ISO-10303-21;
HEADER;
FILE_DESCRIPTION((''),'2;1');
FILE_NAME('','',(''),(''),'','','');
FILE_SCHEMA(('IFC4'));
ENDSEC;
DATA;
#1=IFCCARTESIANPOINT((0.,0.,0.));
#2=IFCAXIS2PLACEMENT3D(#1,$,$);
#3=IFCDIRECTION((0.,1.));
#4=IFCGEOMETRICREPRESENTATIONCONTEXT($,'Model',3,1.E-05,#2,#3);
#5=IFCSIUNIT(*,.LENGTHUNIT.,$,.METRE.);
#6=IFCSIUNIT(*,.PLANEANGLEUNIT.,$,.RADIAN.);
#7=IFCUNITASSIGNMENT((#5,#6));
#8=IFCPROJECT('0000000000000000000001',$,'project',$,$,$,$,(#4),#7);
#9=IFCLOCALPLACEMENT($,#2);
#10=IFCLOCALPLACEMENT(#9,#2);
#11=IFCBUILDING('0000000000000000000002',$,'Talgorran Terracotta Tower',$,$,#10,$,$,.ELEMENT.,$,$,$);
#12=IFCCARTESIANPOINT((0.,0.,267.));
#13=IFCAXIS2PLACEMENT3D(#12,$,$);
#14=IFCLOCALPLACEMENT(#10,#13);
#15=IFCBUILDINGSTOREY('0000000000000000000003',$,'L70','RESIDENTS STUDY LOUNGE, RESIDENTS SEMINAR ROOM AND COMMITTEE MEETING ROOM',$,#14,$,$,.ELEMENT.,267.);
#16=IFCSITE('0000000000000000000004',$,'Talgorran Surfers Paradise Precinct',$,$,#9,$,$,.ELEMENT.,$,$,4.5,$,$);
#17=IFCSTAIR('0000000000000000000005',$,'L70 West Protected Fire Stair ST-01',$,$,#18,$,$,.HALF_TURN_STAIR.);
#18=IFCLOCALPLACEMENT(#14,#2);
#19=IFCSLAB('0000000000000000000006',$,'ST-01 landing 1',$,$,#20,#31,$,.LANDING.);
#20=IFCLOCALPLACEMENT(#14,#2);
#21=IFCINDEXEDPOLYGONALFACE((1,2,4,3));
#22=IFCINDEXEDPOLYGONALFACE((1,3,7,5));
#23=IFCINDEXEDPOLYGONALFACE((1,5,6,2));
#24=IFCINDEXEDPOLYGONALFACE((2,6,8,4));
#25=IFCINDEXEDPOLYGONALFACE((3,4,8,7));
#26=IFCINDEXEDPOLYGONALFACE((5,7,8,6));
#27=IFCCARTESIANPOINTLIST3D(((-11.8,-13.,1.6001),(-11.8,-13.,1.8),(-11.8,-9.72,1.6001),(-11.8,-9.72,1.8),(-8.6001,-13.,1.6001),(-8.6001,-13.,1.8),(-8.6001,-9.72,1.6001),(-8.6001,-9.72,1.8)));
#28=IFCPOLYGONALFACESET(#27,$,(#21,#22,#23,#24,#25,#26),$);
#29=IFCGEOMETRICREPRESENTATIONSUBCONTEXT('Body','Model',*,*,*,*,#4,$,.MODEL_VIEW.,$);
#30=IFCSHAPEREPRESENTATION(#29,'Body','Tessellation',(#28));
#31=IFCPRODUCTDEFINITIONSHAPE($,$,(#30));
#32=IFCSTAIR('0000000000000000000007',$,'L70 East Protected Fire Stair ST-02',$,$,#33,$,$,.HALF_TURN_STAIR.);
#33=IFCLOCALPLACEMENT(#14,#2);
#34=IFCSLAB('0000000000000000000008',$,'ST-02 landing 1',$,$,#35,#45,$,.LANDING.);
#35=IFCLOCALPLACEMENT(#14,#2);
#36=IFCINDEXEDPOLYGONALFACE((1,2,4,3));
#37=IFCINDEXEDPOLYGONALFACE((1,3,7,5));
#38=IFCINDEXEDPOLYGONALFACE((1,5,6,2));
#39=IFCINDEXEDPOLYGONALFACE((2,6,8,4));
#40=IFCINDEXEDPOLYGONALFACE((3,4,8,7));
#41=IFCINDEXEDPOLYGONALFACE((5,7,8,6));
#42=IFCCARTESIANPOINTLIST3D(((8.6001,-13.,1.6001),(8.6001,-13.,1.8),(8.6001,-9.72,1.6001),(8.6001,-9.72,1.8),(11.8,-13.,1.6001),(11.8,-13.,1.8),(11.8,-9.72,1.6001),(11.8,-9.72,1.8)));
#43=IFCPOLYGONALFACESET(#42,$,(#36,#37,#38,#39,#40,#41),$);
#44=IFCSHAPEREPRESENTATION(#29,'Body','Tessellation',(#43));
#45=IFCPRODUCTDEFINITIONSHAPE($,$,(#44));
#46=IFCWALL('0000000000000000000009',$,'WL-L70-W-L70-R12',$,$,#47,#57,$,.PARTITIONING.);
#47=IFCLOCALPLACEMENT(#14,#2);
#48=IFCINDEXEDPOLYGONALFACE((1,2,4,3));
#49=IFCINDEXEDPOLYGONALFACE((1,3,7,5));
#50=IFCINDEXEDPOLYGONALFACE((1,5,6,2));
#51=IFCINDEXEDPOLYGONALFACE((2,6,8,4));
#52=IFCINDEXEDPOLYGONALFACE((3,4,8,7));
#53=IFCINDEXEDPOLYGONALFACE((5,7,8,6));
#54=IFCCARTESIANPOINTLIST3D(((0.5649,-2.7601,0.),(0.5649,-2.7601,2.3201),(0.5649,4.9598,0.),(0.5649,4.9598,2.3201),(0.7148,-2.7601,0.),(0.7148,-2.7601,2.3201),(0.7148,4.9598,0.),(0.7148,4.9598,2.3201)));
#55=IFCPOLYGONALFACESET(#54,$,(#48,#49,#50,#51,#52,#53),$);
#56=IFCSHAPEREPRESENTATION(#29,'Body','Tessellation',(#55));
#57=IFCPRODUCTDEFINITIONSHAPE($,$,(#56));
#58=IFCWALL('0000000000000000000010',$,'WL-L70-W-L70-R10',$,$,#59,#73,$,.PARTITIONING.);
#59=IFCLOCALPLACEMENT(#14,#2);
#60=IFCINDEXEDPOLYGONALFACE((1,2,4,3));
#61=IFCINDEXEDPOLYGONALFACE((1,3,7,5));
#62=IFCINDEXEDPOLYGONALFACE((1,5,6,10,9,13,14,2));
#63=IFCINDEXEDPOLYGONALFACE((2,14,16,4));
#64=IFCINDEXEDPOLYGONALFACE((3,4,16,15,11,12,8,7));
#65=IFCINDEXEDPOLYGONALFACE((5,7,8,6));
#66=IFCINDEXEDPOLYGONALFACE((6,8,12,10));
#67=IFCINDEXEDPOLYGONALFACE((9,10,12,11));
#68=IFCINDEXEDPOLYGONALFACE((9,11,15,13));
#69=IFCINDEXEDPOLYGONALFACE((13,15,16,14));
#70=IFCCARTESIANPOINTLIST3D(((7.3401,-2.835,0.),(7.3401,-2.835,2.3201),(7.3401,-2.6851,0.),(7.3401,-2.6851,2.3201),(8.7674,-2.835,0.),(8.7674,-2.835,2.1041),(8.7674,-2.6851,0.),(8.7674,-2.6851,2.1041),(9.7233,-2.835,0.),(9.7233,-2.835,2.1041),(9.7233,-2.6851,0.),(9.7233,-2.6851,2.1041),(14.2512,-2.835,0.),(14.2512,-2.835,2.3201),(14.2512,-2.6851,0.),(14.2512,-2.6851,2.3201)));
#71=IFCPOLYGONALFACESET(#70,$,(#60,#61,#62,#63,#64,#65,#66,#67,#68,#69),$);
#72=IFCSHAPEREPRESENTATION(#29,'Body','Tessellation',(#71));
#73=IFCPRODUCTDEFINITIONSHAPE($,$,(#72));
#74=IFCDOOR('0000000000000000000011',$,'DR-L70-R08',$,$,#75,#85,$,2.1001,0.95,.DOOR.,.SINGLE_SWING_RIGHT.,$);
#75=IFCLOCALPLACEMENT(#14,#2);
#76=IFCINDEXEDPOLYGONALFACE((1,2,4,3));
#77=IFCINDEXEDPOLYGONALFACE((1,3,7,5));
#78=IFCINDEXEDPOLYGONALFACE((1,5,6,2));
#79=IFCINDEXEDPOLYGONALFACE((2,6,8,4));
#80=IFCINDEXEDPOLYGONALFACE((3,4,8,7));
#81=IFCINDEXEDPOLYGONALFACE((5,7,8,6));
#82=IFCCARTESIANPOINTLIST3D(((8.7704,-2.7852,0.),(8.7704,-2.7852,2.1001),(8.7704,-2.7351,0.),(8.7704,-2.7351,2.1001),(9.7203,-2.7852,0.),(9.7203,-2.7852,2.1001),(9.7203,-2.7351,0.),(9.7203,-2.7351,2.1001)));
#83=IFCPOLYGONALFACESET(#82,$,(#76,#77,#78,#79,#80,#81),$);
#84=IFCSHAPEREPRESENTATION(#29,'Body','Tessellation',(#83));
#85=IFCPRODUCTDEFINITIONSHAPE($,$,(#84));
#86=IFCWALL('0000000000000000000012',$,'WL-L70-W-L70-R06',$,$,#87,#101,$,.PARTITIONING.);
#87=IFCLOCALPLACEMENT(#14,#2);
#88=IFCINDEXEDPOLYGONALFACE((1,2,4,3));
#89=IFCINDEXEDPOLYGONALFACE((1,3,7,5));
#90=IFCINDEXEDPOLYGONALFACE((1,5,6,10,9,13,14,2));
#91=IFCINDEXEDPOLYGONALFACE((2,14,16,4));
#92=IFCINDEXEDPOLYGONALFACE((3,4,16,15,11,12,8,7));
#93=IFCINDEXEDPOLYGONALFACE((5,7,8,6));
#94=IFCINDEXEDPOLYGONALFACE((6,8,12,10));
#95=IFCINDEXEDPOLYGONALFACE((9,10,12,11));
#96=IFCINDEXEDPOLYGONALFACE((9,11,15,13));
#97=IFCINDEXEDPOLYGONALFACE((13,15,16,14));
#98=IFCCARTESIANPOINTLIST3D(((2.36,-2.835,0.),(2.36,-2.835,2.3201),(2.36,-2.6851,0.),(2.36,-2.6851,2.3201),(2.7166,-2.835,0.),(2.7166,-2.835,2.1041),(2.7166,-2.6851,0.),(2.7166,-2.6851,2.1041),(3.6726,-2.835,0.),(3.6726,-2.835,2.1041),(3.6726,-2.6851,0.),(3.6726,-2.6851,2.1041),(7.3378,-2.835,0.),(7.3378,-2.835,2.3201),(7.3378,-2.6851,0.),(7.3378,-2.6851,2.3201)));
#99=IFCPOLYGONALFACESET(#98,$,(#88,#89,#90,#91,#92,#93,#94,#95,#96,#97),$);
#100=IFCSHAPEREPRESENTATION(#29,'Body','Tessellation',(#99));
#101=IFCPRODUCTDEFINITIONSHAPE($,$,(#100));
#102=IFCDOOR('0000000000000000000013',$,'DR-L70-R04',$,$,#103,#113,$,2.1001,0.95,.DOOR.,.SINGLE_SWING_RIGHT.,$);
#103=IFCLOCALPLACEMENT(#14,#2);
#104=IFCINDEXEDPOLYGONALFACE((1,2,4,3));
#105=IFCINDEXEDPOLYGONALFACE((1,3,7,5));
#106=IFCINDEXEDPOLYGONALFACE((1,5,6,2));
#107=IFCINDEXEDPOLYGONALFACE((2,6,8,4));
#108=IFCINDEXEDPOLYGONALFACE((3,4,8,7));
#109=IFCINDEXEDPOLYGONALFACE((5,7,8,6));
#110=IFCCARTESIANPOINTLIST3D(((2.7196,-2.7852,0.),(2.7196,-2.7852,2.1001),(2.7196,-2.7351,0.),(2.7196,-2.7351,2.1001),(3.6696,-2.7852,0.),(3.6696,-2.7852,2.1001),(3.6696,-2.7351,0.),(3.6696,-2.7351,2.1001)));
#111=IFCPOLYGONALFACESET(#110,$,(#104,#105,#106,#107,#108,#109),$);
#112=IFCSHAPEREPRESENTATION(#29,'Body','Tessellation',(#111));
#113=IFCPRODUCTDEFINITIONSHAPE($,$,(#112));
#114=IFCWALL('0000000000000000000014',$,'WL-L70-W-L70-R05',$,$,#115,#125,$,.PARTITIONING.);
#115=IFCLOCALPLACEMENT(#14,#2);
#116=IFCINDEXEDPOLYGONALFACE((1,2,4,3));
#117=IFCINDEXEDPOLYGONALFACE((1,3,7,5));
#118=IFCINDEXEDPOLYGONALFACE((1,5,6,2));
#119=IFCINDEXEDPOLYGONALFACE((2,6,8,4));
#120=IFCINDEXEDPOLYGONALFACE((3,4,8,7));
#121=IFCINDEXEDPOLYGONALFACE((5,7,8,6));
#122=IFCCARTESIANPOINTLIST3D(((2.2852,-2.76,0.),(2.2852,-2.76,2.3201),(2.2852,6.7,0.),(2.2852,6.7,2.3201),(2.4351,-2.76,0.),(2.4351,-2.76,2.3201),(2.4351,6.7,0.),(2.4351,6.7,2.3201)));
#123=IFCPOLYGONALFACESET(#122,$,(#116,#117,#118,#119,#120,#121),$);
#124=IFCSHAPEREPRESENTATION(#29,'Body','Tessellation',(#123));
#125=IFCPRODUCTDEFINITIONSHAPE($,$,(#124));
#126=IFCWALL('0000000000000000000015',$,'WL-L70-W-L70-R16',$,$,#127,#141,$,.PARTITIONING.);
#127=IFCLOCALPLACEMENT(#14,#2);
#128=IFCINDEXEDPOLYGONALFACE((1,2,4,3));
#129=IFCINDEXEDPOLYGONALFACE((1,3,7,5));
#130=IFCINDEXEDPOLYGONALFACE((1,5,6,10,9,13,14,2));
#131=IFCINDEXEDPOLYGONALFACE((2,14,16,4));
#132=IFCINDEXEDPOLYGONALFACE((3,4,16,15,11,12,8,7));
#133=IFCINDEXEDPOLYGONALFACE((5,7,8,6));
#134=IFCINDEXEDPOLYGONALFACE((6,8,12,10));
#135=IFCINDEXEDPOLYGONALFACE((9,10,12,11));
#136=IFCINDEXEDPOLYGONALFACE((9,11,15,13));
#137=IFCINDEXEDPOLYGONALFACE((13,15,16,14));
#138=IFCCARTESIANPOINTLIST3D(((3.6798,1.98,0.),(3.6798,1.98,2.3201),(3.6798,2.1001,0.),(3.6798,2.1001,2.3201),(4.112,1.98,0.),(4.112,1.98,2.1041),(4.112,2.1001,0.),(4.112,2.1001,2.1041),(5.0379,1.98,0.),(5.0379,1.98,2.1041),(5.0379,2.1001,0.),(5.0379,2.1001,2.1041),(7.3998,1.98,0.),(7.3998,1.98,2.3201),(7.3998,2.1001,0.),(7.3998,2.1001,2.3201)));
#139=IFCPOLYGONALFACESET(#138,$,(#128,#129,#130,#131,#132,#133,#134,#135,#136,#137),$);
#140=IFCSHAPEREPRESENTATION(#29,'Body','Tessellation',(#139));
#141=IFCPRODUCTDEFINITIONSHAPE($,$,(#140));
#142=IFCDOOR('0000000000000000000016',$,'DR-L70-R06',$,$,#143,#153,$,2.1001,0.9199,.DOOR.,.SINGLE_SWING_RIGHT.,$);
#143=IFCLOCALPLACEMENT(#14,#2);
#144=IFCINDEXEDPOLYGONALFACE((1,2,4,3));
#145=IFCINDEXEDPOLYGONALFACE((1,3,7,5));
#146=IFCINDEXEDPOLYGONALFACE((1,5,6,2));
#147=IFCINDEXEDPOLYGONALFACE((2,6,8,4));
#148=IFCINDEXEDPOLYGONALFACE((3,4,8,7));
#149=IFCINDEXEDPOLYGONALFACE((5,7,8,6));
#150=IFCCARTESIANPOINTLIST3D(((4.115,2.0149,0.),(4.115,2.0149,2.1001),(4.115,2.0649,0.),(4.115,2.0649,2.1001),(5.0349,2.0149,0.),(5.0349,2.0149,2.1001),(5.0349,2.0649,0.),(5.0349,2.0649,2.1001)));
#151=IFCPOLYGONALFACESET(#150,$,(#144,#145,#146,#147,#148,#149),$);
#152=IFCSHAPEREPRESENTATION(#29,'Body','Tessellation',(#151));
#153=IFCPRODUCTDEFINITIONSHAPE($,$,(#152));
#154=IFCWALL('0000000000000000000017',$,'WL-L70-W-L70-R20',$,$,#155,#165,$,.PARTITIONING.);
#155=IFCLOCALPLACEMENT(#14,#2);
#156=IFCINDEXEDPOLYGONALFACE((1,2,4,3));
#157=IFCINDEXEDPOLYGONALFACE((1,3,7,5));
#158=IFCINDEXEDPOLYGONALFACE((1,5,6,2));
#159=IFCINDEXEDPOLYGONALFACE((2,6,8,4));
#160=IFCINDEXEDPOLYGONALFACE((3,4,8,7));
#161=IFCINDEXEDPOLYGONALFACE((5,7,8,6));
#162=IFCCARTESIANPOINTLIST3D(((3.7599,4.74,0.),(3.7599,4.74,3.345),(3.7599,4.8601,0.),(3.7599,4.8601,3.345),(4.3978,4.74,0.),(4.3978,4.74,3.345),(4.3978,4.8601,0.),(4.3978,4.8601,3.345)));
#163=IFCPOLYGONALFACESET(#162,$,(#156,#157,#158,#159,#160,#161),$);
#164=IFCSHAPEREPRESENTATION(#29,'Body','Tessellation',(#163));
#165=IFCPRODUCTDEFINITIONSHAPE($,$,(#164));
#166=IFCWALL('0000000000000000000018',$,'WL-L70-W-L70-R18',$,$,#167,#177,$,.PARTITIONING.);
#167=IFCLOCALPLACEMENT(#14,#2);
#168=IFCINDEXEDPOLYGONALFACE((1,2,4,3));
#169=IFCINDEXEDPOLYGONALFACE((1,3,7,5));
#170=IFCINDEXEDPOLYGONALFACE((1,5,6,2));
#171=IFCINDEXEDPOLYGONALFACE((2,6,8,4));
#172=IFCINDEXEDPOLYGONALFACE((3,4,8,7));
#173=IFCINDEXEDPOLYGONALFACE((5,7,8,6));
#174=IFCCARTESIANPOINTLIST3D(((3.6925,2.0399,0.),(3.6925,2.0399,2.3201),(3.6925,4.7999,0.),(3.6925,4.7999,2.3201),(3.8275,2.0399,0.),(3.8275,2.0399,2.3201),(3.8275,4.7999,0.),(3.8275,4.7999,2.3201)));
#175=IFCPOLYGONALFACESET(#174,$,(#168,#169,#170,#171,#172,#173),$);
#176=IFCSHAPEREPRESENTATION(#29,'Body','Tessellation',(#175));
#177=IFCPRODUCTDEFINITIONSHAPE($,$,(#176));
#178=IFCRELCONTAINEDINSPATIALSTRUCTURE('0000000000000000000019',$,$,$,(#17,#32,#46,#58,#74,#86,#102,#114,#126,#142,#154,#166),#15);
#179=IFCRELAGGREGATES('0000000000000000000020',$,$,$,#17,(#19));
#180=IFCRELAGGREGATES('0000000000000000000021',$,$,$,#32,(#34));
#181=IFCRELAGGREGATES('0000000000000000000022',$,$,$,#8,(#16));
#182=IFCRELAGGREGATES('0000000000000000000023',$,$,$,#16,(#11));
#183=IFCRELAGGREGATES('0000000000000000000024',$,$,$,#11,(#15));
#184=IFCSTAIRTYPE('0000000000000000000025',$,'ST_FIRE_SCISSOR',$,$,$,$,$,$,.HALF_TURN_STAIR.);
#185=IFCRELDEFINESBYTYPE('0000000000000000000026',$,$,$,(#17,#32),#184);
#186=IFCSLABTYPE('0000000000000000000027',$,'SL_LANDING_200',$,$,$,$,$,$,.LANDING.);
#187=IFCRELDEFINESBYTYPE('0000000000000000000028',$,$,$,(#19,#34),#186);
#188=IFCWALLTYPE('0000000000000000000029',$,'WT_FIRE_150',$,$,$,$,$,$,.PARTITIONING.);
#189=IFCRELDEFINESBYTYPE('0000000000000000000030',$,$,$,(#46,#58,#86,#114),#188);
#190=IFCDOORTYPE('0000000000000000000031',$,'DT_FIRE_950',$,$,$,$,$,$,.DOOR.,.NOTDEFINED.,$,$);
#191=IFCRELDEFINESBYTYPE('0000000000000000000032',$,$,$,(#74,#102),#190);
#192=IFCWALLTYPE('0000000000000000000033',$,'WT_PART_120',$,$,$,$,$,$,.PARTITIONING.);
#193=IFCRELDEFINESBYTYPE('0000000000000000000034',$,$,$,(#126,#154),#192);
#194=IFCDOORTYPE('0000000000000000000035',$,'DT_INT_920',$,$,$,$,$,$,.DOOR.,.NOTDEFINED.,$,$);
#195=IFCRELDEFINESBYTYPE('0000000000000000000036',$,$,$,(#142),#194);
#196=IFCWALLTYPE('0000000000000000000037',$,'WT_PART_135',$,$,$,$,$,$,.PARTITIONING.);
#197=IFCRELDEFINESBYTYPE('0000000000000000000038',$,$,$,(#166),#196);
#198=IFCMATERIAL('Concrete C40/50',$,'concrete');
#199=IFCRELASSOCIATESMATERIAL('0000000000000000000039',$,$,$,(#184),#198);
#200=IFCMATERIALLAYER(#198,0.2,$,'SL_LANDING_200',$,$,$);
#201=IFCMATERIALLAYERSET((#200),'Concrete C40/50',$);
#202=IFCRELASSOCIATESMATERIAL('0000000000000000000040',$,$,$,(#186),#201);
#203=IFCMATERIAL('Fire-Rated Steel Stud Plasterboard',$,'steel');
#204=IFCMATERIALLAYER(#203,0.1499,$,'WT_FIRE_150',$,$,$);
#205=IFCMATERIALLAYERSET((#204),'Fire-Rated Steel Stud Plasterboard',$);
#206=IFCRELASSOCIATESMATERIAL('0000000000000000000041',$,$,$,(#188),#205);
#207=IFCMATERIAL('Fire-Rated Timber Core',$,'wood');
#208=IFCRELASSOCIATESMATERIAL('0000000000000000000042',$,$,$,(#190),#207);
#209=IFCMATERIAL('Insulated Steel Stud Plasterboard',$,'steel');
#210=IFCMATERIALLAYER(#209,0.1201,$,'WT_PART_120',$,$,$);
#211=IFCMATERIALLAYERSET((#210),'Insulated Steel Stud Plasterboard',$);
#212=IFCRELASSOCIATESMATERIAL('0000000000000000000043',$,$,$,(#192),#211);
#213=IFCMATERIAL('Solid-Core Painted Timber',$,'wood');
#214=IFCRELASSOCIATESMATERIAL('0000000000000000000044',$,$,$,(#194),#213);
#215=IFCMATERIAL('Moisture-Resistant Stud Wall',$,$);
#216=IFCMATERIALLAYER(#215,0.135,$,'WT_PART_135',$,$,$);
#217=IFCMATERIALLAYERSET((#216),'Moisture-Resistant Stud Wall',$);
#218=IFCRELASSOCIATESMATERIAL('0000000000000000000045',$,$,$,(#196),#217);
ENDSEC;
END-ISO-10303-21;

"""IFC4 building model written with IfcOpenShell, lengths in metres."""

from ifc_helpers import new_model, si_unit, direction, frame, frame_2d, origin, place, context, subcontext, project, spatial, polyline, rectangle, outline, extrude, material, layer, layer_set, type_object, element, fill, aggregate, save


model = new_model("IFC4")

# Units and contexts
model_context = context("Model", 3, precision=1e-05, world=origin(), true_north=direction((0.0, 1.0)))
body_context = subcontext(model_context, "Body", "Model", "MODEL_VIEW")
ifc_project = project(units=[si_unit("LENGTHUNIT", "METRE"), si_unit("PLANEANGLEUNIT", "RADIAN")], contexts=[model_context])

# Site, building, storey
site_placement = place(None, origin())
site = spatial("IfcSite", under=ifc_project, at=site_placement, Name="Talgorran Surfers Paradise Precinct", CompositionType="ELEMENT", RefElevation=4.5)
building_placement = place(site_placement, origin())
building = spatial("IfcBuilding", under=site, at=building_placement, Name="Talgorran Terracotta Tower", CompositionType="ELEMENT")
storey_placement = place(building_placement, frame((0.0, 0.0, 267.0)))
storey = spatial("IfcBuildingStorey", under=building, at=storey_placement, Name="L70", Description="RESIDENTS STUDY LOUNGE, RESIDENTS SEMINAR ROOM AND COMMITTEE MEETING ROOM", CompositionType="ELEMENT", Elevation=267.0)

# Stairs, slabs
ifc_material_1 = material(Name="Concrete C40/50", Category="concrete")
stair_type = type_object("IfcStairType", Name="ST_FIRE_SCISSOR", PredefinedType="HALF_TURN_STAIR", material=ifc_material_1)
stair_1_placement = place(storey_placement, origin())
stair_1 = element("IfcStair", 1, at=stair_1_placement, inside=storey, type_object=stair_type, Name="L70 West Protected Fire Stair ST-01", PredefinedType="HALF_TURN_STAIR")
ifc_layer_1 = layer(ifc_material_1, 0.2, Name="SL_LANDING_200")
ifc_layer_set_1 = layer_set([ifc_layer_1], Name="Concrete C40/50")
slab_type = type_object("IfcSlabType", Name="SL_LANDING_200", PredefinedType="LANDING", material=ifc_layer_set_1)
slab_1_placement = place(storey_placement, frame((0.0, 0.0, 1.6001)))
slab_1 = element("IfcSlab", 2, at=slab_1_placement, type_object=slab_type, Name="ST-01 landing 1", PredefinedType="LANDING", context=body_context, shape_type="SweptSolid", body=[
    extrude(outline(polyline([(-11.8, -9.72), (-11.8, -13.0), (-8.6001, -13.0), (-8.6001, -9.72), (-11.8, -9.72)])), origin(), (0.0, 0.0, 1.0), 0.2),
])
aggregate(stair_1, [slab_1])
stair_2_placement = place(storey_placement, origin())
stair_2 = element("IfcStair", 3, at=stair_2_placement, inside=storey, type_object=stair_type, Name="L70 East Protected Fire Stair ST-02", PredefinedType="HALF_TURN_STAIR")
slab_2_placement = place(storey_placement, frame((0.0, 0.0, 1.6001)))
slab_2 = element("IfcSlab", 4, at=slab_2_placement, type_object=slab_type, Name="ST-02 landing 1", PredefinedType="LANDING", context=body_context, shape_type="SweptSolid", body=[
    extrude(outline(polyline([(8.6001, -9.72), (8.6001, -13.0), (11.8, -13.0), (11.8, -9.72), (8.6001, -9.72)])), origin(), (0.0, 0.0, 1.0), 0.2),
])
aggregate(stair_2, [slab_2])

# Wall
ifc_material_2 = material(Name="Fire-Rated Steel Stud Plasterboard", Category="steel")
ifc_layer_2 = layer(ifc_material_2, 0.1499, Name="WT_FIRE_150")
ifc_layer_set_2 = layer_set([ifc_layer_2], Name="Fire-Rated Steel Stud Plasterboard")
wall_type_1 = type_object("IfcWallType", Name="WT_FIRE_150", PredefinedType="PARTITIONING", material=ifc_layer_set_2)
wall_1_placement = place(storey_placement, frame((0.6399, -2.76, 0.0), z_axis=(0.0, 0.0, 1.0), x_axis=(0.0, 1.0, 0.0)))
element("IfcWall", 5, at=wall_1_placement, inside=storey, type_object=wall_type_1, Name="WL-L70-W-L70-R12", PredefinedType="PARTITIONING", context=body_context, shape_type="SweptSolid", body=[
    extrude(rectangle(XDim=7.72, YDim=0.1499, at=frame_2d((3.8599, 0.0))), origin(), (0.0, 0.0, 1.0), 2.3201),
])

# Walls, openings, doors
wall_2_placement = place(storey_placement, frame((7.3401, -2.76, 0.0), z_axis=(0.0, 0.0, 1.0), x_axis=(1.0, 0.0, 0.0)))
wall_2 = element("IfcWall", 6, at=wall_2_placement, inside=storey, type_object=wall_type_1, Name="WL-L70-W-L70-R10", PredefinedType="PARTITIONING", context=body_context, shape_type="SweptSolid", body=[
    extrude(rectangle(XDim=6.9111, YDim=0.1499, at=frame_2d((3.4556, 0.0))), origin(), (0.0, 0.0, 1.0), 2.3201),
])
opening_1_placement = place(wall_2_placement, frame((1.4302, 0.0, 0.0)))
opening_1 = element("IfcOpeningElement", 7, at=opening_1_placement, cuts=wall_2, PredefinedType="OPENING", context=body_context, shape_type="SweptSolid", body=[
    extrude(rectangle(XDim=0.956, YDim=2.1041, at=frame_2d((0.4751, 1.052))), frame((0.0, 0.085, 0.0), z_axis=(0.0, -1.0, 0.0), x_axis=(1.0, 0.0, 0.0)), (0.0, 0.0, 1.0), 0.1699),
])
ifc_material_3 = material(Name="Fire-Rated Timber Core", Category="wood")
door_type_1 = type_object("IfcDoorType", Name="DT_FIRE_950", OperationType="NOTDEFINED", PredefinedType="DOOR", material=ifc_material_3)
door_1_placement = place(opening_1_placement, origin())
door_1 = element("IfcDoor", 8, at=door_1_placement, inside=storey, type_object=door_type_1, Name="DR-L70-R08", OperationType="SINGLE_SWING_RIGHT", OverallHeight=2.1001, OverallWidth=0.95, PredefinedType="DOOR", context=body_context, shape_type="SweptSolid", body=[
    extrude(rectangle(XDim=0.95, YDim=2.1001, at=frame_2d((0.4751, 1.05))), frame((0.0, 0.0249, 0.0), z_axis=(0.0, -1.0, 0.0), x_axis=(1.0, 0.0, 0.0)), (0.0, 0.0, 1.0), 0.05),
])
fill(opening_1, door_1)
wall_3_placement = place(storey_placement, frame((2.3601, -2.76, 0.0), z_axis=(0.0, 0.0, 1.0), x_axis=(1.0, 0.0, 0.0)))
wall_3 = element("IfcWall", 9, at=wall_3_placement, inside=storey, type_object=wall_type_1, Name="WL-L70-W-L70-R06", PredefinedType="PARTITIONING", context=body_context, shape_type="SweptSolid", body=[
    extrude(rectangle(XDim=4.9778, YDim=0.1499, at=frame_2d((2.4888, 0.0))), origin(), (0.0, 0.0, 1.0), 2.3201),
])
opening_2_placement = place(wall_3_placement, frame((0.3594, 0.0, 0.0)))
opening_2 = element("IfcOpeningElement", 10, at=opening_2_placement, cuts=wall_3, PredefinedType="OPENING", context=body_context, shape_type="SweptSolid", body=[
    extrude(rectangle(XDim=0.956, YDim=2.1041, at=frame_2d((0.4751, 1.052))), frame((0.0, 0.085, 0.0), z_axis=(0.0, -1.0, 0.0), x_axis=(1.0, 0.0, 0.0)), (0.0, 0.0, 1.0), 0.1699),
])
door_2_placement = place(opening_2_placement, origin())
door_2 = element("IfcDoor", 11, at=door_2_placement, inside=storey, type_object=door_type_1, Name="DR-L70-R04", OperationType="SINGLE_SWING_RIGHT", OverallHeight=2.1001, OverallWidth=0.95, PredefinedType="DOOR", context=body_context, shape_type="SweptSolid", body=[
    extrude(rectangle(XDim=0.95, YDim=2.1001, at=frame_2d((0.4751, 1.05))), frame((0.0, 0.0249, 0.0), z_axis=(0.0, -1.0, 0.0), x_axis=(1.0, 0.0, 0.0)), (0.0, 0.0, 1.0), 0.05),
])
fill(opening_2, door_2)

# Wall
wall_4_placement = place(storey_placement, frame((2.3601, -2.76, 0.0), z_axis=(0.0, 0.0, 1.0), x_axis=(0.0, 1.0, 0.0)))
element("IfcWall", 12, at=wall_4_placement, inside=storey, type_object=wall_type_1, Name="WL-L70-W-L70-R05", PredefinedType="PARTITIONING", context=body_context, shape_type="SweptSolid", body=[
    extrude(rectangle(XDim=9.46, YDim=0.1499, at=frame_2d((4.73, 0.0))), origin(), (0.0, 0.0, 1.0), 2.3201),
])

# Wall, opening, door
ifc_material_4 = material(Name="Insulated Steel Stud Plasterboard", Category="steel")
ifc_layer_3 = layer(ifc_material_4, 0.1201, Name="WT_PART_120")
ifc_layer_set_3 = layer_set([ifc_layer_3], Name="Insulated Steel Stud Plasterboard")
wall_type_2 = type_object("IfcWallType", Name="WT_PART_120", PredefinedType="PARTITIONING", material=ifc_layer_set_3)
wall_5_placement = place(storey_placement, frame((3.6799, 2.04, 0.0), z_axis=(0.0, 0.0, 1.0), x_axis=(1.0, 0.0, 0.0)))
wall_5 = element("IfcWall", 13, at=wall_5_placement, inside=storey, type_object=wall_type_2, Name="WL-L70-W-L70-R16", PredefinedType="PARTITIONING", context=body_context, shape_type="SweptSolid", body=[
    extrude(rectangle(XDim=3.72, YDim=0.1201, at=frame_2d((1.8599, 0.0))), origin(), (0.0, 0.0, 1.0), 2.3201),
])
opening_3_placement = place(wall_5_placement, frame((0.4351, 0.0, 0.0)))
opening_3 = element("IfcOpeningElement", 14, at=opening_3_placement, cuts=wall_5, PredefinedType="OPENING", context=body_context, shape_type="SweptSolid", body=[
    extrude(rectangle(XDim=0.9259, YDim=2.1041, at=frame_2d((0.46, 1.052))), frame((0.0, 0.0701, 0.0), z_axis=(0.0, -1.0, 0.0), x_axis=(1.0, 0.0, 0.0)), (0.0, 0.0, 1.0), 0.1401),
])
ifc_material_5 = material(Name="Solid-Core Painted Timber", Category="wood")
door_type_2 = type_object("IfcDoorType", Name="DT_INT_920", OperationType="NOTDEFINED", PredefinedType="DOOR", material=ifc_material_5)
door_3_placement = place(opening_3_placement, origin())
door_3 = element("IfcDoor", 15, at=door_3_placement, inside=storey, type_object=door_type_2, Name="DR-L70-R06", OperationType="SINGLE_SWING_RIGHT", OverallHeight=2.1001, OverallWidth=0.9199, PredefinedType="DOOR", context=body_context, shape_type="SweptSolid", body=[
    extrude(rectangle(XDim=0.9199, YDim=2.1001, at=frame_2d((0.46, 1.05))), frame((0.0, 0.0249, 0.0), z_axis=(0.0, -1.0, 0.0), x_axis=(1.0, 0.0, 0.0)), (0.0, 0.0, 1.0), 0.05),
])
fill(opening_3, door_3)

# Walls
wall_6_placement = place(storey_placement, frame((3.76, 4.8, 0.0), z_axis=(0.0, 0.0, 1.0), x_axis=(1.0, 0.0, 0.0)))
element("IfcWall", 16, at=wall_6_placement, inside=storey, type_object=wall_type_2, Name="WL-L70-W-L70-R20", PredefinedType="PARTITIONING", context=body_context, shape_type="SweptSolid", body=[
    extrude(rectangle(XDim=0.6379, YDim=0.1201, at=frame_2d((0.3188, 0.0))), origin(), (0.0, 0.0, 1.0), 3.345),
])
ifc_material_6 = material(Name="Moisture-Resistant Stud Wall")
ifc_layer_4 = layer(ifc_material_6, 0.135, Name="WT_PART_135")
ifc_layer_set_4 = layer_set([ifc_layer_4], Name="Moisture-Resistant Stud Wall")
wall_type_3 = type_object("IfcWallType", Name="WT_PART_135", PredefinedType="PARTITIONING", material=ifc_layer_set_4)
wall_7_placement = place(storey_placement, frame((3.76, 2.04, 0.0), z_axis=(0.0, 0.0, 1.0), x_axis=(0.0, 1.0, 0.0)))
element("IfcWall", 17, at=wall_7_placement, inside=storey, type_object=wall_type_3, Name="WL-L70-W-L70-R18", PredefinedType="PARTITIONING", context=body_context, shape_type="SweptSolid", body=[
    extrude(rectangle(XDim=2.76, YDim=0.135, at=frame_2d((1.3799, 0.0))), origin(), (0.0, 0.0, 1.0), 2.3201),
])

save(model, "model.ifc")
